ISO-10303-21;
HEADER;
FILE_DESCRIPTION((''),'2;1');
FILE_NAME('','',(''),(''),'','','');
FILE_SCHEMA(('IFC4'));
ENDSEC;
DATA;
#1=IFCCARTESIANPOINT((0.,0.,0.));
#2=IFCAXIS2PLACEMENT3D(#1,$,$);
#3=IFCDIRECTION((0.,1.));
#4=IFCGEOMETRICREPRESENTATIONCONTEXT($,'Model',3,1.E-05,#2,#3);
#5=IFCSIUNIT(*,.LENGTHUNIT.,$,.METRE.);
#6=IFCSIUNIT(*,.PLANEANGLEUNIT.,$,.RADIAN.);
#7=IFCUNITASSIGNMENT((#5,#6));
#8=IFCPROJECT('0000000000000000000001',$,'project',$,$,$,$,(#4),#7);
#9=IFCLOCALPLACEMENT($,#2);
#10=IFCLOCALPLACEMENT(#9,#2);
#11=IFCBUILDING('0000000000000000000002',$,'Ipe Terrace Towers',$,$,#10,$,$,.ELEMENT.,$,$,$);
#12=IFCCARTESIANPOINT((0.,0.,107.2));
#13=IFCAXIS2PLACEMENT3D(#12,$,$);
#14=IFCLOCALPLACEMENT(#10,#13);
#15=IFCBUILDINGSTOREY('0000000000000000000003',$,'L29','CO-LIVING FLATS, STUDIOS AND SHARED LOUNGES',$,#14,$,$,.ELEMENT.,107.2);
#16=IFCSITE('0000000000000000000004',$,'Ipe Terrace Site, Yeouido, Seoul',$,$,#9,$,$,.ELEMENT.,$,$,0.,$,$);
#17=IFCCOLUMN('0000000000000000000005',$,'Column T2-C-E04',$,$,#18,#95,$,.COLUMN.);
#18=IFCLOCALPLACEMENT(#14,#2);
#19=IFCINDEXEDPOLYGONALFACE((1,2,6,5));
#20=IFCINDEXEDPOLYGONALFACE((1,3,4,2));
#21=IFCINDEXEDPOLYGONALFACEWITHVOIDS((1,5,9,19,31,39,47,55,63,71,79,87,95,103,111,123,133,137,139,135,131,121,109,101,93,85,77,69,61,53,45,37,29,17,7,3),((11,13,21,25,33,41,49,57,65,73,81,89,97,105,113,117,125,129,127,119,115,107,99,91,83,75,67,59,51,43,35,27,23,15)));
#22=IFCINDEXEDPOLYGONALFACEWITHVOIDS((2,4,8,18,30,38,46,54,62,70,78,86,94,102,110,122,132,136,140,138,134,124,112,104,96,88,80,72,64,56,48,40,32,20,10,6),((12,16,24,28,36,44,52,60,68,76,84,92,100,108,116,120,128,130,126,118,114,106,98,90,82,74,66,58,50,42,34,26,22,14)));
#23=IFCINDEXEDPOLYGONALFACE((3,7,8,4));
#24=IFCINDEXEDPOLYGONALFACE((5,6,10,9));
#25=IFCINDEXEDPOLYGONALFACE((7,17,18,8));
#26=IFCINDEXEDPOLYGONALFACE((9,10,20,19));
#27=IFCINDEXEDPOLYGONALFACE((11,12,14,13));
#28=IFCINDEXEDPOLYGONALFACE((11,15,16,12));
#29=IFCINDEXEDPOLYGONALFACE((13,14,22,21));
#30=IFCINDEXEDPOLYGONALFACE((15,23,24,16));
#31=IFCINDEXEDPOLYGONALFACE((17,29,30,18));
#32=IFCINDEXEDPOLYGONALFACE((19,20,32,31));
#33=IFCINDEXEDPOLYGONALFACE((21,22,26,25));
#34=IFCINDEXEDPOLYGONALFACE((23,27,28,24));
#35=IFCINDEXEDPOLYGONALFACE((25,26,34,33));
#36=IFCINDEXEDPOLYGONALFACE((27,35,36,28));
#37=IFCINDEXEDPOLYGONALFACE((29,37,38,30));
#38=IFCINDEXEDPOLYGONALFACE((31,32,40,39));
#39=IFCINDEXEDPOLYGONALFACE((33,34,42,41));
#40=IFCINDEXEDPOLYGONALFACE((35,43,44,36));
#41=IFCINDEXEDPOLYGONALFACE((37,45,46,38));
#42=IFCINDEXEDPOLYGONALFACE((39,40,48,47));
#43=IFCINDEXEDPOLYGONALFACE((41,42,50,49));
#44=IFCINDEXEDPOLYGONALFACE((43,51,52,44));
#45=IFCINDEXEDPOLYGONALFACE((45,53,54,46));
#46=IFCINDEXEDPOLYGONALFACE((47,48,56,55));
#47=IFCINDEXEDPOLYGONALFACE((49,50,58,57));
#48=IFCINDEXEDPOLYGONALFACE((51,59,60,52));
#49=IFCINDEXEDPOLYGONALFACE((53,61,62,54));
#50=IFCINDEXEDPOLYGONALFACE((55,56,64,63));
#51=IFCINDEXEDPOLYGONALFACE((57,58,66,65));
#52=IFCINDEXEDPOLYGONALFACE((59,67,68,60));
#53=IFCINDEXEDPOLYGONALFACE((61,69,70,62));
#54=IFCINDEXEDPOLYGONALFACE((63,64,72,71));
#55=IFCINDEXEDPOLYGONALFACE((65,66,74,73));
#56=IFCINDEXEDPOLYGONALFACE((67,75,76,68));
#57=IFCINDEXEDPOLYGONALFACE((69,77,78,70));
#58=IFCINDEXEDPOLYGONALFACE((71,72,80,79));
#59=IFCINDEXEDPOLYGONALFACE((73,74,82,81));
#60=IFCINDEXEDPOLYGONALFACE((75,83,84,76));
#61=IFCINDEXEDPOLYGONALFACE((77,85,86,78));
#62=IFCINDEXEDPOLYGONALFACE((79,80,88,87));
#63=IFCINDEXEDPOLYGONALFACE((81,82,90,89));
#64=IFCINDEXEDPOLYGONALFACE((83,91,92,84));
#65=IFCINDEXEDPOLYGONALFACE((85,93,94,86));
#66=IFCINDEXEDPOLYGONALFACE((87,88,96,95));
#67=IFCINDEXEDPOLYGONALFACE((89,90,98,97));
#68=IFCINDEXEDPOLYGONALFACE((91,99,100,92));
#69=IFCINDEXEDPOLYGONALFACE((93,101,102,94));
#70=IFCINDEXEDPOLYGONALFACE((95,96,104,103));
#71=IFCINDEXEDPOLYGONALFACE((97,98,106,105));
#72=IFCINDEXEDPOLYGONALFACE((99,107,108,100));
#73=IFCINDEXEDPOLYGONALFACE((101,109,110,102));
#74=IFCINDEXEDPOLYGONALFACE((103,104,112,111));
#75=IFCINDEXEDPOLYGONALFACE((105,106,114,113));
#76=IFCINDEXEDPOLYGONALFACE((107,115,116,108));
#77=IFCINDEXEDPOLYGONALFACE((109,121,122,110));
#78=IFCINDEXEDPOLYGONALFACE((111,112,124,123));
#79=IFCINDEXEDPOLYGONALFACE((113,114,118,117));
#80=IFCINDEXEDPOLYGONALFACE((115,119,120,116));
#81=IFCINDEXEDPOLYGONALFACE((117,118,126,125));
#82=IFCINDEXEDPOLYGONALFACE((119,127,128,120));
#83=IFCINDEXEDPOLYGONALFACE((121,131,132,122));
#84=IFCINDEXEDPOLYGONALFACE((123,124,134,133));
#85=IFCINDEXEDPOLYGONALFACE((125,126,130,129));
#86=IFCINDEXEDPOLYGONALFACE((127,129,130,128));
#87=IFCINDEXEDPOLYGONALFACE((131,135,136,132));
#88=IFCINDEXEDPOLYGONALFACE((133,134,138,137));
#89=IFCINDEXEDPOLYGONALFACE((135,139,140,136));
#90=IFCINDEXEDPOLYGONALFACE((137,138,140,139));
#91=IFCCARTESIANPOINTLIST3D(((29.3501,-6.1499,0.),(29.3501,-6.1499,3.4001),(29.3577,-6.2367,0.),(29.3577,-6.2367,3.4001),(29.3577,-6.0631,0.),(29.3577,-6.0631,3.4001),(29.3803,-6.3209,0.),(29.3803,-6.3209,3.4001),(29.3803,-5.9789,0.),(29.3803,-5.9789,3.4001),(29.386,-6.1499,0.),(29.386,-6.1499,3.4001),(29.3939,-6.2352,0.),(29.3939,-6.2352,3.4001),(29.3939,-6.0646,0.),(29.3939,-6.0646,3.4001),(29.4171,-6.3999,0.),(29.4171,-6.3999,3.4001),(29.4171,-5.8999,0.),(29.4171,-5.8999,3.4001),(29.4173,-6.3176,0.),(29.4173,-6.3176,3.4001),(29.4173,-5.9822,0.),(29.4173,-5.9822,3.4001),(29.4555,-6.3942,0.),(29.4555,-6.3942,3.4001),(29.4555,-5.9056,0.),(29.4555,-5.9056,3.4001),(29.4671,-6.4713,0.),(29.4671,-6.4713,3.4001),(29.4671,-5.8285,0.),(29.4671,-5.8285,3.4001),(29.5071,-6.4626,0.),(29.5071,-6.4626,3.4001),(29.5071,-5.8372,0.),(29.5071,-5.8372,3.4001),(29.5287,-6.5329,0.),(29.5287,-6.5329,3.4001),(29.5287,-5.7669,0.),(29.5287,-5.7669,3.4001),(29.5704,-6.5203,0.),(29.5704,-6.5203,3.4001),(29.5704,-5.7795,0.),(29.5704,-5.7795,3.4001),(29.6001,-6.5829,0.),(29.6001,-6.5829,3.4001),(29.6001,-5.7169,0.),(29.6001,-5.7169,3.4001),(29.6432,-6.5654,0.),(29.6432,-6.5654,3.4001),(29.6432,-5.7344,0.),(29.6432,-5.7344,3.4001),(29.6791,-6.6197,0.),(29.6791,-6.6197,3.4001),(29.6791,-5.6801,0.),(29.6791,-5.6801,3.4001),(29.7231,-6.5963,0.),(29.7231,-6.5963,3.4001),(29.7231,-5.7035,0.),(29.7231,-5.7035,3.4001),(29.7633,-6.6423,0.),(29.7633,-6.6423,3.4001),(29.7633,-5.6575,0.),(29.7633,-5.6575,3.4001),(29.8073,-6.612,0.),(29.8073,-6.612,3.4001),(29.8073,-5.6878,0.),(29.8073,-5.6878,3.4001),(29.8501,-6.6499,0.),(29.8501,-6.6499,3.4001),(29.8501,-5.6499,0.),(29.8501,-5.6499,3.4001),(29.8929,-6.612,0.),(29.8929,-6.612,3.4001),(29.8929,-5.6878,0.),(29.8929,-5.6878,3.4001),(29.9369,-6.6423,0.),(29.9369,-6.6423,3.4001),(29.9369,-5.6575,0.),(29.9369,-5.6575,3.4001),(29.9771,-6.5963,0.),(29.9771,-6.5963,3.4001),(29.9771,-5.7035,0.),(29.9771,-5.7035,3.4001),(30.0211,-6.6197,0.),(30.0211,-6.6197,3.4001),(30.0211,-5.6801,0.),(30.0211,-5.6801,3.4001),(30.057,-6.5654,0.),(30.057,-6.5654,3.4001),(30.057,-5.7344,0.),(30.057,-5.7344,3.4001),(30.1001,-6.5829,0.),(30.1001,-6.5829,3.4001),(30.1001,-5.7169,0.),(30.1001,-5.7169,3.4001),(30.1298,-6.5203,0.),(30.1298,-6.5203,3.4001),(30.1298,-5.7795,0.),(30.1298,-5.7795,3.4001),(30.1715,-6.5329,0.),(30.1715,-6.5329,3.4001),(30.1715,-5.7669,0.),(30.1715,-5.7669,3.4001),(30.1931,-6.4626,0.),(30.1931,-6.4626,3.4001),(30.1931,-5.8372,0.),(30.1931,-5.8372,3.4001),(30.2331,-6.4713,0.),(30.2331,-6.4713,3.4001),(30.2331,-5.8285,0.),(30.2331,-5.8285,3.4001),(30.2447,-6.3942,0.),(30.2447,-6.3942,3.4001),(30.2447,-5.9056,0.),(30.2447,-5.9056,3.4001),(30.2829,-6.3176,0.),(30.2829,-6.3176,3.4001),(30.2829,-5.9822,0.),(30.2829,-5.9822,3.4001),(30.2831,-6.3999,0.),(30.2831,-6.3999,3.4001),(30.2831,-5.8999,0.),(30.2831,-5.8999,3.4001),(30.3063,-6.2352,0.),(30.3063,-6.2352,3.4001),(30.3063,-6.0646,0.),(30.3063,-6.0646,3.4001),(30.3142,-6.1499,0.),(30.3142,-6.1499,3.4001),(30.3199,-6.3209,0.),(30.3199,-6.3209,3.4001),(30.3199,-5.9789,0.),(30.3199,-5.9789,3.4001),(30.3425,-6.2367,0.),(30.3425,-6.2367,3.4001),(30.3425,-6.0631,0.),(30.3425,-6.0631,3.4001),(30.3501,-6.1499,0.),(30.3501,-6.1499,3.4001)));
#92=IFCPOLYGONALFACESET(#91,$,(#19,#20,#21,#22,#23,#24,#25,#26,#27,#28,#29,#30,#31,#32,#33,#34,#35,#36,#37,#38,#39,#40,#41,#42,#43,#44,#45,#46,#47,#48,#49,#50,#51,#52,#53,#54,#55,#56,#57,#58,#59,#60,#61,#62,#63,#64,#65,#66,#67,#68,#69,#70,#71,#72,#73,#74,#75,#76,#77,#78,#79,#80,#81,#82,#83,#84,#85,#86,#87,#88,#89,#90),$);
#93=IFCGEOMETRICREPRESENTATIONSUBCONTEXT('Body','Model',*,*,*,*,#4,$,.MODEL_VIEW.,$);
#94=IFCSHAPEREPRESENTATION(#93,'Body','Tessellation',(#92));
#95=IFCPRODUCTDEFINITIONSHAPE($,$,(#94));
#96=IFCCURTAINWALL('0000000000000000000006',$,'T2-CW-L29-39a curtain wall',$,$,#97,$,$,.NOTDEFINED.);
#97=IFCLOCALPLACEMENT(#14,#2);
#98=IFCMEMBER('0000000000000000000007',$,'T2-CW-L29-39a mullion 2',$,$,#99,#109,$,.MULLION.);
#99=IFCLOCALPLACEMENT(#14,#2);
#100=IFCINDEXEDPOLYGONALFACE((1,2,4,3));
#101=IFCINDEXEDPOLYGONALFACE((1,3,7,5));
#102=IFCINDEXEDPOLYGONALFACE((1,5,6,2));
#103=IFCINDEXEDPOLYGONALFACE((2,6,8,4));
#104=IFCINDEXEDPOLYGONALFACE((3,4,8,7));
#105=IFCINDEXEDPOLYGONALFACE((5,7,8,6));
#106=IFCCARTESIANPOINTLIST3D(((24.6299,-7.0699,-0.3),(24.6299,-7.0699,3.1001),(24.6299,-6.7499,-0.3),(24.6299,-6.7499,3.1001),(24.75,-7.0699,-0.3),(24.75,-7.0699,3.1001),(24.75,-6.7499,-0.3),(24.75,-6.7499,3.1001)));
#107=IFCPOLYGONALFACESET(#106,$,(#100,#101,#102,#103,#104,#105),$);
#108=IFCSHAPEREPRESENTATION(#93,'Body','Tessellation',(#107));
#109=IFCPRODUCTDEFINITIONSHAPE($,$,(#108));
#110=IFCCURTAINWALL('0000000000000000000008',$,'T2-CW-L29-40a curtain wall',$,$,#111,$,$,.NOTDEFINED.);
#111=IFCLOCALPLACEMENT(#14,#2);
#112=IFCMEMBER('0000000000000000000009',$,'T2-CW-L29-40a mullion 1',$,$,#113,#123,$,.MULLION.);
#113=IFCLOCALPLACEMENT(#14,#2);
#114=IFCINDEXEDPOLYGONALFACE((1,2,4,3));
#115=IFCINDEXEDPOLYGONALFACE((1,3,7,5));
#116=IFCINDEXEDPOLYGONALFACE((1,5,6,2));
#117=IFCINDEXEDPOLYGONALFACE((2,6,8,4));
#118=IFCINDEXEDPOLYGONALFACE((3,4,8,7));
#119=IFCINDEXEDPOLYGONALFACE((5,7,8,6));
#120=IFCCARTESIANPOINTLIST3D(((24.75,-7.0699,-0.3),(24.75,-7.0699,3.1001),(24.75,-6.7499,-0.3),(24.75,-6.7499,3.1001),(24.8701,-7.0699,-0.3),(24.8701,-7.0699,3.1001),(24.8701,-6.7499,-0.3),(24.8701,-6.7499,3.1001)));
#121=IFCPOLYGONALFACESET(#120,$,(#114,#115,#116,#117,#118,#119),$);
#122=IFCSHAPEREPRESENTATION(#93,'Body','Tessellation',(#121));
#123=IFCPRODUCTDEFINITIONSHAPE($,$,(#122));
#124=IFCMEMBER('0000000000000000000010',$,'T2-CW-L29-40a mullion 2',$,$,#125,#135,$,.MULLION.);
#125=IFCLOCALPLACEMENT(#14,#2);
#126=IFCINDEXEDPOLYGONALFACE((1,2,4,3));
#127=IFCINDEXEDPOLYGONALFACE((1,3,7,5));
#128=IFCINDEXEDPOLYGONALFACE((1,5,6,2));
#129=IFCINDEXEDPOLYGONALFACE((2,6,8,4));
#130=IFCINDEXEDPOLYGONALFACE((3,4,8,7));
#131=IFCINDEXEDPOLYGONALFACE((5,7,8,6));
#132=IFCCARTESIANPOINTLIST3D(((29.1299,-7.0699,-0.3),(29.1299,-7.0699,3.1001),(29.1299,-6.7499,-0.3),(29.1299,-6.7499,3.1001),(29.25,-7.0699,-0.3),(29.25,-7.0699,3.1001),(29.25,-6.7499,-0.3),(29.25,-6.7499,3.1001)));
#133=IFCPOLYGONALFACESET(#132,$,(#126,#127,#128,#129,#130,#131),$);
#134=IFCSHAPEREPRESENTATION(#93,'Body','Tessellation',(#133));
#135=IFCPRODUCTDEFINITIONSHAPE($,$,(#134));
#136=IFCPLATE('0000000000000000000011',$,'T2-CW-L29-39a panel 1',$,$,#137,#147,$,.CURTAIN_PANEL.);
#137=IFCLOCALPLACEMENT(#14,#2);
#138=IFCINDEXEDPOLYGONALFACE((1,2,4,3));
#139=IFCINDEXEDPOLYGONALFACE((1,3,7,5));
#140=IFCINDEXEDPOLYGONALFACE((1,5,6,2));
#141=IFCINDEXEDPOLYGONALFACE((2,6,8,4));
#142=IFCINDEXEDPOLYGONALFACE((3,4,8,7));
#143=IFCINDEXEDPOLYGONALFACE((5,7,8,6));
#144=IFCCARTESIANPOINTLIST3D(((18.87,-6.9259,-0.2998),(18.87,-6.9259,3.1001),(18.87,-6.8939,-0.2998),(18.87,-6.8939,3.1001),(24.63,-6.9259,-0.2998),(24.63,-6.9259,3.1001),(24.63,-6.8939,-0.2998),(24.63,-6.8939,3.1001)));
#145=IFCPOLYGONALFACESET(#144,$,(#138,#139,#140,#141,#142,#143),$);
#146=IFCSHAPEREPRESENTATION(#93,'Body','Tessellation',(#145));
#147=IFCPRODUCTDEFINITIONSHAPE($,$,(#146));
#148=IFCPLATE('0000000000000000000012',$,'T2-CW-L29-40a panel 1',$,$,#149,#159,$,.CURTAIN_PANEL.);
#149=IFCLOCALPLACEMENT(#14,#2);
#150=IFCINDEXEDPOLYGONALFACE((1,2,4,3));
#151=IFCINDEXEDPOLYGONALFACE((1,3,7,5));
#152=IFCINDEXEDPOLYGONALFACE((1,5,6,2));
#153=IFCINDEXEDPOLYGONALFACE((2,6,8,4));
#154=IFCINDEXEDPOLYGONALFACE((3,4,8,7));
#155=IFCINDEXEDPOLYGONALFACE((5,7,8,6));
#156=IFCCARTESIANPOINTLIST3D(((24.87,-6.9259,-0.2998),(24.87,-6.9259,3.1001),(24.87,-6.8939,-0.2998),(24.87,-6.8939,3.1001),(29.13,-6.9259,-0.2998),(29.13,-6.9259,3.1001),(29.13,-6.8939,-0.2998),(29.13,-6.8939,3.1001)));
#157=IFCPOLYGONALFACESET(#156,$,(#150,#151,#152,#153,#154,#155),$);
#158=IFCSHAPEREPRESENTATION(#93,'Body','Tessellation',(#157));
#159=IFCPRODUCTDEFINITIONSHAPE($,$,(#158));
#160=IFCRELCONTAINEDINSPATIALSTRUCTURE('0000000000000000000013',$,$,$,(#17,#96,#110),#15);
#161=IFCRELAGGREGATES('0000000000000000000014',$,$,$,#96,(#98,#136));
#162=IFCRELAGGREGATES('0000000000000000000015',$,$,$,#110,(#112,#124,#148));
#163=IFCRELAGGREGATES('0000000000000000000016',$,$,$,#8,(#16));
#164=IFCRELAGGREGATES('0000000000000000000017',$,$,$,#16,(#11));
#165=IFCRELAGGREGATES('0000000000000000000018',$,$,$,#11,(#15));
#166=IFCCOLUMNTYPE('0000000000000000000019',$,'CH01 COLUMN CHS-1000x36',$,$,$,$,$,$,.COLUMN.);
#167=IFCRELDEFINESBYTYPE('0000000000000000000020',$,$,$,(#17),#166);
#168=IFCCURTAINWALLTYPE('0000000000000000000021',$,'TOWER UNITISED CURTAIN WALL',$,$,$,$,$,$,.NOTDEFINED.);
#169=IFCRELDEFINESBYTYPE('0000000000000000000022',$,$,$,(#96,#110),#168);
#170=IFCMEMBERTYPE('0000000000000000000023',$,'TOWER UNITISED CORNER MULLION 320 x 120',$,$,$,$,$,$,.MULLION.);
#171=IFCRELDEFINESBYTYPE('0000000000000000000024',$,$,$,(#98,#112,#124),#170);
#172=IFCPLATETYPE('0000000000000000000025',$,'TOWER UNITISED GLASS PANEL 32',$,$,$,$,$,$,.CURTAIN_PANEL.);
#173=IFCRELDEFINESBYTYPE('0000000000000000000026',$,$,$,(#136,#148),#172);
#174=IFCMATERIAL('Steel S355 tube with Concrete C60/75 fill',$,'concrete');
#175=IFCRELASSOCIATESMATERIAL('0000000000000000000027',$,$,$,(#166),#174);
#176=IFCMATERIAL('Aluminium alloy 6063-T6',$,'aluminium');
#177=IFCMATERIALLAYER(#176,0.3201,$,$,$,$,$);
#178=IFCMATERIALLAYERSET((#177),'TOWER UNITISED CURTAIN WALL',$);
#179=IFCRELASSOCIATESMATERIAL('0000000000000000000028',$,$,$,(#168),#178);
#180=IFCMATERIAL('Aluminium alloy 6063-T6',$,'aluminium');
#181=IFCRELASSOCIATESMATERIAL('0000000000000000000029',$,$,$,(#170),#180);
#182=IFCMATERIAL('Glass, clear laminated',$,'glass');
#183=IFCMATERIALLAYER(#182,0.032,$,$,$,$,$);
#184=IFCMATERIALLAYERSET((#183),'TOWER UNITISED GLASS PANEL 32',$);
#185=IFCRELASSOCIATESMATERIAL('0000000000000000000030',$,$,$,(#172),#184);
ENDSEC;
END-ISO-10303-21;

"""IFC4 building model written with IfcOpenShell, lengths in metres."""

from ifc_helpers import new_model, si_unit, direction, frame, origin, origin_2d, place, context, subcontext, project, spatial, rectangle, hollow_circle, extrude, material, layer, layer_set, material_profile, profile_set, type_object, element, aggregate, save


model = new_model("IFC4")

# Units and contexts
model_context = context("Model", 3, precision=1e-05, world=origin(), true_north=direction((0.0, 1.0)))
body_context = subcontext(model_context, "Body", "Model", "MODEL_VIEW")
ifc_project = project(units=[si_unit("LENGTHUNIT", "METRE"), si_unit("PLANEANGLEUNIT", "RADIAN")], contexts=[model_context])

# Site, building, storey
site_placement = place(None, origin())
site = spatial("IfcSite", under=ifc_project, at=site_placement, Name="Ipe Terrace Site, Yeouido, Seoul", CompositionType="ELEMENT", RefElevation=0.0)
building_placement = place(site_placement, origin())
building = spatial("IfcBuilding", under=site, at=building_placement, Name="Ipe Terrace Towers", CompositionType="ELEMENT")
storey_placement = place(building_placement, frame((0.0, 0.0, 107.2)))
storey = spatial("IfcBuildingStorey", under=building, at=storey_placement, Name="L29", Description="CO-LIVING FLATS, STUDIOS AND SHARED LOUNGES", CompositionType="ELEMENT", Elevation=107.2)

# Column
ifc_material_1 = material(Name="Steel S355 tube with Concrete C60/75 fill", Category="concrete")
ifc_material_profile_1 = material_profile(ifc_material_1, hollow_circle(Radius=0.5, WallThickness=0.0359, at=origin_2d()), Name="CHS-1000x36")
ifc_profile_set_1 = profile_set([ifc_material_profile_1], Name="Steel S355 tube with Concrete C60/75 fill")
column_type = type_object("IfcColumnType", Name="CH01 COLUMN CHS-1000x36", PredefinedType="COLUMN", material=ifc_profile_set_1)
column_placement = place(storey_placement, frame((29.8501, -6.1499, 0.0), z_axis=(0.0, 0.0, 1.0), x_axis=(1.0, 0.0, 0.0)))
element("IfcColumn", 1, at=column_placement, inside=storey, type_object=column_type, Name="Column T2-C-E04", PredefinedType="COLUMN", context=body_context, shape_type="SweptSolid", body=[
    extrude(hollow_circle(Radius=0.5, WallThickness=0.0359, at=origin_2d()), origin(), (0.0, 0.0, 1.0), 3.4001),
])

# Curtain wall, member
ifc_material_2 = material(Name="Aluminium alloy 6063-T6", Category="aluminium")
ifc_layer_1 = layer(ifc_material_2, 0.3201)
ifc_layer_set_1 = layer_set([ifc_layer_1], Name="TOWER UNITISED CURTAIN WALL")
curtain_wall_type = type_object("IfcCurtainWallType", Name="TOWER UNITISED CURTAIN WALL", PredefinedType="NOTDEFINED", material=ifc_layer_set_1)
curtain_wall_1_placement = place(storey_placement, origin())
curtain_wall_1 = element("IfcCurtainWall", 2, at=curtain_wall_1_placement, inside=storey, type_object=curtain_wall_type, Name="T2-CW-L29-39a curtain wall", PredefinedType="NOTDEFINED")
ifc_material_3 = material(Name="Aluminium alloy 6063-T6", Category="aluminium")
ifc_material_profile_2 = material_profile(ifc_material_3, rectangle(XDim=0.3201, YDim=0.1201, at=origin_2d()), Name="TOWER UNITISED CORNER MULLION 320 x 120")
ifc_profile_set_2 = profile_set([ifc_material_profile_2], Name="Aluminium alloy 6063-T6")
member_type = type_object("IfcMemberType", Name="TOWER UNITISED CORNER MULLION 320 x 120", PredefinedType="MULLION", material=ifc_profile_set_2)
member_1_placement = place(storey_placement, frame((24.6899, -6.9099, -0.3), z_axis=(0.0, 0.0, 1.0), x_axis=(0.0, -1.0, 0.0)))
member_1 = element("IfcMember", 3, at=member_1_placement, type_object=member_type, Name="T2-CW-L29-39a mullion 2", PredefinedType="MULLION", context=body_context, shape_type="SweptSolid", body=[
    extrude(rectangle(XDim=0.3201, YDim=0.1201, at=origin_2d()), origin(), (0.0, 0.0, 1.0), 3.4001),
])

# Curtain wall, members
curtain_wall_2_placement = place(storey_placement, origin())
curtain_wall_2 = element("IfcCurtainWall", 4, at=curtain_wall_2_placement, inside=storey, type_object=curtain_wall_type, Name="T2-CW-L29-40a curtain wall", PredefinedType="NOTDEFINED")
member_2_placement = place(storey_placement, frame((24.8101, -6.9099, -0.3), z_axis=(0.0, 0.0, 1.0), x_axis=(0.0, -1.0, 0.0)))
member_2 = element("IfcMember", 5, at=member_2_placement, type_object=member_type, Name="T2-CW-L29-40a mullion 1", PredefinedType="MULLION", context=body_context, shape_type="SweptSolid", body=[
    extrude(rectangle(XDim=0.3201, YDim=0.1201, at=origin_2d()), origin(), (0.0, 0.0, 1.0), 3.4001),
])
member_3_placement = place(storey_placement, frame((29.1899, -6.9099, -0.3), z_axis=(0.0, 0.0, 1.0), x_axis=(0.0, -1.0, 0.0)))
member_3 = element("IfcMember", 6, at=member_3_placement, type_object=member_type, Name="T2-CW-L29-40a mullion 2", PredefinedType="MULLION", context=body_context, shape_type="SweptSolid", body=[
    extrude(rectangle(XDim=0.3201, YDim=0.1201, at=origin_2d()), origin(), (0.0, 0.0, 1.0), 3.4001),
])

# Plates
ifc_material_4 = material(Name="Glass, clear laminated", Category="glass")
ifc_layer_2 = layer(ifc_material_4, 0.032)
ifc_layer_set_2 = layer_set([ifc_layer_2], Name="TOWER UNITISED GLASS PANEL 32")
plate_type = type_object("IfcPlateType", Name="TOWER UNITISED GLASS PANEL 32", PredefinedType="CURTAIN_PANEL", material=ifc_layer_set_2)
plate_1_placement = place(storey_placement, frame((21.75, -6.9099, -0.2998), z_axis=(0.0, 0.0, 1.0), x_axis=(1.0, 0.0, 0.0)))
plate_1 = element("IfcPlate", 7, at=plate_1_placement, type_object=plate_type, Name="T2-CW-L29-39a panel 1", PredefinedType="CURTAIN_PANEL", context=body_context, shape_type="SweptSolid", body=[
    extrude(rectangle(XDim=5.76, YDim=0.032, at=origin_2d()), origin(), (0.0, 0.0, 1.0), 3.3999),
])
aggregate(curtain_wall_1, [member_1, plate_1])
plate_2_placement = place(storey_placement, frame((27.0, -6.9099, -0.2998), z_axis=(0.0, 0.0, 1.0), x_axis=(1.0, 0.0, 0.0)))
plate_2 = element("IfcPlate", 8, at=plate_2_placement, type_object=plate_type, Name="T2-CW-L29-40a panel 1", PredefinedType="CURTAIN_PANEL", context=body_context, shape_type="SweptSolid", body=[
    extrude(rectangle(XDim=4.26, YDim=0.032, at=origin_2d()), origin(), (0.0, 0.0, 1.0), 3.3999),
])
aggregate(curtain_wall_2, [member_2, member_3, plate_2])

save(model, "model.ifc")
